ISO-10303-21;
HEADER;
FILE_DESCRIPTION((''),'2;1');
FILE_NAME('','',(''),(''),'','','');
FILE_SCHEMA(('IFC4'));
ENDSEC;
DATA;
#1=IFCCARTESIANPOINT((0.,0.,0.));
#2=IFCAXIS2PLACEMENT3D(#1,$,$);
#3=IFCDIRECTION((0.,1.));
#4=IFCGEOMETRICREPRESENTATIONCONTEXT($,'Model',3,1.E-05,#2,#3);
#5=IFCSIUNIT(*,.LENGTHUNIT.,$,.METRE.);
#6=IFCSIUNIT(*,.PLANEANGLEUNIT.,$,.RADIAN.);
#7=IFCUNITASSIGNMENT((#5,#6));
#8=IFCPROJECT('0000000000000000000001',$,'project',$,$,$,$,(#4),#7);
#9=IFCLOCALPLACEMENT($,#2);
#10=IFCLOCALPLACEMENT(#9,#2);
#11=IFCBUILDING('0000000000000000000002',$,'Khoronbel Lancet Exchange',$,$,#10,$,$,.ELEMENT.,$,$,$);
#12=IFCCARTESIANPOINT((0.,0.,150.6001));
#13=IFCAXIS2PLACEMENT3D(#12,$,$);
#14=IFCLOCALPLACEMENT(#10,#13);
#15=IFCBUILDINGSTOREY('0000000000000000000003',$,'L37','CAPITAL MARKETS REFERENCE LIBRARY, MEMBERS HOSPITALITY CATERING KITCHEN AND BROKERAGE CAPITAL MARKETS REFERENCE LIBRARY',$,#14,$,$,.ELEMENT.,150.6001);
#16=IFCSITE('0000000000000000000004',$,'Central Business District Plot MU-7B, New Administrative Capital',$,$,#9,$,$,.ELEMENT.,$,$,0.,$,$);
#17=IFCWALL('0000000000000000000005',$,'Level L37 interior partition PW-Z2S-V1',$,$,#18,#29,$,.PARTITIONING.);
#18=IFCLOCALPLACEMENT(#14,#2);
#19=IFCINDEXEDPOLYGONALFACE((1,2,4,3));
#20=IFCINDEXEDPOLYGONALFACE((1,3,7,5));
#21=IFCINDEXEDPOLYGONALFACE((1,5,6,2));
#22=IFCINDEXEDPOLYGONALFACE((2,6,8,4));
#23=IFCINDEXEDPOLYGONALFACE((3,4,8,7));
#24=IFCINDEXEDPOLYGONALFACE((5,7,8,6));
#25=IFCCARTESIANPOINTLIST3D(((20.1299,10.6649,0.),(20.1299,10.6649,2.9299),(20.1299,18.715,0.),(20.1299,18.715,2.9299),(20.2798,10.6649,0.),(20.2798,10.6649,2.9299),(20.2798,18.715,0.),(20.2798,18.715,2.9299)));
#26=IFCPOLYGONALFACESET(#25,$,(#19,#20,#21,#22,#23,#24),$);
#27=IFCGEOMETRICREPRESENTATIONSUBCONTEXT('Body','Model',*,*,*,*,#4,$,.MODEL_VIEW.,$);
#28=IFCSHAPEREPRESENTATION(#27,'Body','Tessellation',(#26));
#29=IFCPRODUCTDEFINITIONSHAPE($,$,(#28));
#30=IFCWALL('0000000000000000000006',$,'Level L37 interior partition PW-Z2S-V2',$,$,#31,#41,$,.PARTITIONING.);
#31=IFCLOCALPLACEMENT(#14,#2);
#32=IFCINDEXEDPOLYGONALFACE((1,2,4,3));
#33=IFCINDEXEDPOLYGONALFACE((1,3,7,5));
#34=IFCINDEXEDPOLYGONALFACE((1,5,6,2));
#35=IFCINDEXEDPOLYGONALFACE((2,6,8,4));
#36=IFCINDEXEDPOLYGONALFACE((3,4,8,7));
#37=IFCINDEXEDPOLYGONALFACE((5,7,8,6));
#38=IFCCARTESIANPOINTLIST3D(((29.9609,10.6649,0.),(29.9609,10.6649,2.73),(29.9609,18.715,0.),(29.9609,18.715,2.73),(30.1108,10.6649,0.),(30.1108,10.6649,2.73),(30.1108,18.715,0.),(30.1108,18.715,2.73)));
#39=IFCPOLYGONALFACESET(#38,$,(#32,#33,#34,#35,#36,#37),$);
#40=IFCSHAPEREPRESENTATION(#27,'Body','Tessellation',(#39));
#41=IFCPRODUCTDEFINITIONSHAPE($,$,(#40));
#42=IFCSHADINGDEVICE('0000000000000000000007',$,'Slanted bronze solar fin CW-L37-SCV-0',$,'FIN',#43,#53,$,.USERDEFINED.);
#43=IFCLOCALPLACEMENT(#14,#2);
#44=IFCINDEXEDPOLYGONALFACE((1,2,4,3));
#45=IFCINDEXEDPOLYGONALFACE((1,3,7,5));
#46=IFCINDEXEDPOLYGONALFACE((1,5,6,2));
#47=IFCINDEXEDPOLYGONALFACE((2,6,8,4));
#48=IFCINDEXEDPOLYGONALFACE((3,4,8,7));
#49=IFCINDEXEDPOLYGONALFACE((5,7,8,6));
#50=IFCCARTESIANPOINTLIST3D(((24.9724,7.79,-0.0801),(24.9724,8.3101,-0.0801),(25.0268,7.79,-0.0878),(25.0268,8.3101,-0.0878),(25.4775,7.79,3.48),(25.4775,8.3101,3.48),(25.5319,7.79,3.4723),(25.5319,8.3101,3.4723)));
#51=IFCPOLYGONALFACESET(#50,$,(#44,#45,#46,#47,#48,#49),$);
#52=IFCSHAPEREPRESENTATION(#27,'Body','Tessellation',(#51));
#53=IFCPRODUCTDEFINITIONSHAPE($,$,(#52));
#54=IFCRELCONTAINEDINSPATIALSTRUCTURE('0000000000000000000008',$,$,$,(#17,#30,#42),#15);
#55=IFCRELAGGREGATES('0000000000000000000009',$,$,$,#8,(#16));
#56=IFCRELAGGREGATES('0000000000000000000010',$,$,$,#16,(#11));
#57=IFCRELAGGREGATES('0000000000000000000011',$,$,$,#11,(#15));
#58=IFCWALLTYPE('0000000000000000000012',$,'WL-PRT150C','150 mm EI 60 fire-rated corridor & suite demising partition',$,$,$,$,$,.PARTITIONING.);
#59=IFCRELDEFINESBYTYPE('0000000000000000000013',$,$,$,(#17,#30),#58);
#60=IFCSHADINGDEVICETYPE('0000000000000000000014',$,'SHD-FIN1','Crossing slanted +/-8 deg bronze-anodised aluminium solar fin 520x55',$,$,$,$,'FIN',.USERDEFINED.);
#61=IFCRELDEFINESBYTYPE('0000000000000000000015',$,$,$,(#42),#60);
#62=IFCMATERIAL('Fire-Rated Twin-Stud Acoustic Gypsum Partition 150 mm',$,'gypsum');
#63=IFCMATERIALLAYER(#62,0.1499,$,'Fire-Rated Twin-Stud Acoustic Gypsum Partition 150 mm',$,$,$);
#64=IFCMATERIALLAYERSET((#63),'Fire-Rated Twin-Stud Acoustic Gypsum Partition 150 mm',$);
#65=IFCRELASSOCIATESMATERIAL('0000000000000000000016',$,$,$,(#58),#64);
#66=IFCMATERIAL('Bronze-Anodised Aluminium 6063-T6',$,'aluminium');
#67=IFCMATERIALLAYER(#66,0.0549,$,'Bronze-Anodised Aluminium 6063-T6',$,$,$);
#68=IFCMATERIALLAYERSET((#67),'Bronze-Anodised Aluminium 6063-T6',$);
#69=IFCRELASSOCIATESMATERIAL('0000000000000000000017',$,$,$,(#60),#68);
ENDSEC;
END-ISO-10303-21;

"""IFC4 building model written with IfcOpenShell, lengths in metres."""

from ifc_helpers import new_model, si_unit, direction, frame, frame_2d, origin, place, context, subcontext, project, spatial, polyline, rectangle, outline, extrude, material, layer, layer_set, type_object, element, save


model = new_model("IFC4")

# Units and contexts
model_context = context("Model", 3, precision=1e-05, world=origin(), true_north=direction((0.0, 1.0)))
body_context = subcontext(model_context, "Body", "Model", "MODEL_VIEW")
ifc_project = project(units=[si_unit("LENGTHUNIT", "METRE"), si_unit("PLANEANGLEUNIT", "RADIAN")], contexts=[model_context])

# Site, building, storey
site_placement = place(None, origin())
site = spatial("IfcSite", under=ifc_project, at=site_placement, Name="Central Business District Plot MU-7B, New Administrative Capital", CompositionType="ELEMENT", RefElevation=0.0)
building_placement = place(site_placement, origin())
building = spatial("IfcBuilding", under=site, at=building_placement, Name="Khoronbel Lancet Exchange", CompositionType="ELEMENT")
storey_placement = place(building_placement, frame((0.0, 0.0, 150.6001)))
storey = spatial("IfcBuildingStorey", under=building, at=storey_placement, Name="L37", Description="CAPITAL MARKETS REFERENCE LIBRARY, MEMBERS HOSPITALITY CATERING KITCHEN AND BROKERAGE CAPITAL MARKETS REFERENCE LIBRARY", CompositionType="ELEMENT", Elevation=150.6001)

# Shared definitions
ifc_material_1 = material(Name="Bronze-Anodised Aluminium 6063-T6", Category="aluminium")

# Walls
ifc_material_2 = material(Name="Fire-Rated Twin-Stud Acoustic Gypsum Partition 150 mm", Category="gypsum")
ifc_layer_1 = layer(ifc_material_2, 0.1499, Name="Fire-Rated Twin-Stud Acoustic Gypsum Partition 150 mm")
ifc_layer_set_1 = layer_set([ifc_layer_1], Name="Fire-Rated Twin-Stud Acoustic Gypsum Partition 150 mm")
wall_type = type_object("IfcWallType", Name="WL-PRT150C", Description="150 mm EI 60 fire-rated corridor & suite demising partition", PredefinedType="PARTITIONING", material=ifc_layer_set_1)
wall_1_placement = place(storey_placement, frame((20.2048, 10.665, 0.0), z_axis=(0.0, 0.0, 1.0), x_axis=(0.0, 1.0, 0.0)))
element("IfcWall", 1, at=wall_1_placement, inside=storey, type_object=wall_type, Name="Level L37 interior partition PW-Z2S-V1", PredefinedType="PARTITIONING", context=body_context, shape_type="SweptSolid", body=[
    extrude(rectangle(XDim=8.05, YDim=0.1499, at=frame_2d((4.0249, 0.0))), origin(), (0.0, 0.0, 1.0), 2.9299),
])
wall_2_placement = place(storey_placement, frame((30.0359, 10.665, 0.0), z_axis=(0.0, 0.0, 1.0), x_axis=(0.0, 1.0, 0.0)))
element("IfcWall", 2, at=wall_2_placement, inside=storey, type_object=wall_type, Name="Level L37 interior partition PW-Z2S-V2", PredefinedType="PARTITIONING", context=body_context, shape_type="SweptSolid", body=[
    extrude(rectangle(XDim=8.05, YDim=0.1499, at=frame_2d((4.0249, 0.0))), origin(), (0.0, 0.0, 1.0), 2.73),
])

# Shading device
ifc_layer_2 = layer(ifc_material_1, 0.0549, Name="Bronze-Anodised Aluminium 6063-T6")
ifc_layer_set_2 = layer_set([ifc_layer_2], Name="Bronze-Anodised Aluminium 6063-T6")
shading_device_type = type_object("IfcShadingDeviceType", Name="SHD-FIN1", Description="Crossing slanted +/-8 deg bronze-anodised aluminium solar fin 520x55", ElementType="FIN", PredefinedType="USERDEFINED", material=ifc_layer_set_2)
shading_device_placement = place(storey_placement, frame((24.9724, 8.3101, -0.0801), z_axis=(-0.990083, 0.0, 0.14048), x_axis=(0.0, -1.0, 0.0)))
element("IfcShadingDevice", 3, at=shading_device_placement, inside=storey, type_object=shading_device_type, Name="Slanted bronze solar fin CW-L37-SCV-0", ObjectType="FIN", PredefinedType="USERDEFINED", context=body_context, shape_type="SweptSolid", body=[
    extrude(outline(polyline([(0.0, 0.0), (0.52, 0.0), (0.52, 3.5957), (0.0, 3.5957), (0.0, 0.0)])), origin(), (0.0, 0.0, -1.0), 0.0549),
])

save(model, "model.ifc")
